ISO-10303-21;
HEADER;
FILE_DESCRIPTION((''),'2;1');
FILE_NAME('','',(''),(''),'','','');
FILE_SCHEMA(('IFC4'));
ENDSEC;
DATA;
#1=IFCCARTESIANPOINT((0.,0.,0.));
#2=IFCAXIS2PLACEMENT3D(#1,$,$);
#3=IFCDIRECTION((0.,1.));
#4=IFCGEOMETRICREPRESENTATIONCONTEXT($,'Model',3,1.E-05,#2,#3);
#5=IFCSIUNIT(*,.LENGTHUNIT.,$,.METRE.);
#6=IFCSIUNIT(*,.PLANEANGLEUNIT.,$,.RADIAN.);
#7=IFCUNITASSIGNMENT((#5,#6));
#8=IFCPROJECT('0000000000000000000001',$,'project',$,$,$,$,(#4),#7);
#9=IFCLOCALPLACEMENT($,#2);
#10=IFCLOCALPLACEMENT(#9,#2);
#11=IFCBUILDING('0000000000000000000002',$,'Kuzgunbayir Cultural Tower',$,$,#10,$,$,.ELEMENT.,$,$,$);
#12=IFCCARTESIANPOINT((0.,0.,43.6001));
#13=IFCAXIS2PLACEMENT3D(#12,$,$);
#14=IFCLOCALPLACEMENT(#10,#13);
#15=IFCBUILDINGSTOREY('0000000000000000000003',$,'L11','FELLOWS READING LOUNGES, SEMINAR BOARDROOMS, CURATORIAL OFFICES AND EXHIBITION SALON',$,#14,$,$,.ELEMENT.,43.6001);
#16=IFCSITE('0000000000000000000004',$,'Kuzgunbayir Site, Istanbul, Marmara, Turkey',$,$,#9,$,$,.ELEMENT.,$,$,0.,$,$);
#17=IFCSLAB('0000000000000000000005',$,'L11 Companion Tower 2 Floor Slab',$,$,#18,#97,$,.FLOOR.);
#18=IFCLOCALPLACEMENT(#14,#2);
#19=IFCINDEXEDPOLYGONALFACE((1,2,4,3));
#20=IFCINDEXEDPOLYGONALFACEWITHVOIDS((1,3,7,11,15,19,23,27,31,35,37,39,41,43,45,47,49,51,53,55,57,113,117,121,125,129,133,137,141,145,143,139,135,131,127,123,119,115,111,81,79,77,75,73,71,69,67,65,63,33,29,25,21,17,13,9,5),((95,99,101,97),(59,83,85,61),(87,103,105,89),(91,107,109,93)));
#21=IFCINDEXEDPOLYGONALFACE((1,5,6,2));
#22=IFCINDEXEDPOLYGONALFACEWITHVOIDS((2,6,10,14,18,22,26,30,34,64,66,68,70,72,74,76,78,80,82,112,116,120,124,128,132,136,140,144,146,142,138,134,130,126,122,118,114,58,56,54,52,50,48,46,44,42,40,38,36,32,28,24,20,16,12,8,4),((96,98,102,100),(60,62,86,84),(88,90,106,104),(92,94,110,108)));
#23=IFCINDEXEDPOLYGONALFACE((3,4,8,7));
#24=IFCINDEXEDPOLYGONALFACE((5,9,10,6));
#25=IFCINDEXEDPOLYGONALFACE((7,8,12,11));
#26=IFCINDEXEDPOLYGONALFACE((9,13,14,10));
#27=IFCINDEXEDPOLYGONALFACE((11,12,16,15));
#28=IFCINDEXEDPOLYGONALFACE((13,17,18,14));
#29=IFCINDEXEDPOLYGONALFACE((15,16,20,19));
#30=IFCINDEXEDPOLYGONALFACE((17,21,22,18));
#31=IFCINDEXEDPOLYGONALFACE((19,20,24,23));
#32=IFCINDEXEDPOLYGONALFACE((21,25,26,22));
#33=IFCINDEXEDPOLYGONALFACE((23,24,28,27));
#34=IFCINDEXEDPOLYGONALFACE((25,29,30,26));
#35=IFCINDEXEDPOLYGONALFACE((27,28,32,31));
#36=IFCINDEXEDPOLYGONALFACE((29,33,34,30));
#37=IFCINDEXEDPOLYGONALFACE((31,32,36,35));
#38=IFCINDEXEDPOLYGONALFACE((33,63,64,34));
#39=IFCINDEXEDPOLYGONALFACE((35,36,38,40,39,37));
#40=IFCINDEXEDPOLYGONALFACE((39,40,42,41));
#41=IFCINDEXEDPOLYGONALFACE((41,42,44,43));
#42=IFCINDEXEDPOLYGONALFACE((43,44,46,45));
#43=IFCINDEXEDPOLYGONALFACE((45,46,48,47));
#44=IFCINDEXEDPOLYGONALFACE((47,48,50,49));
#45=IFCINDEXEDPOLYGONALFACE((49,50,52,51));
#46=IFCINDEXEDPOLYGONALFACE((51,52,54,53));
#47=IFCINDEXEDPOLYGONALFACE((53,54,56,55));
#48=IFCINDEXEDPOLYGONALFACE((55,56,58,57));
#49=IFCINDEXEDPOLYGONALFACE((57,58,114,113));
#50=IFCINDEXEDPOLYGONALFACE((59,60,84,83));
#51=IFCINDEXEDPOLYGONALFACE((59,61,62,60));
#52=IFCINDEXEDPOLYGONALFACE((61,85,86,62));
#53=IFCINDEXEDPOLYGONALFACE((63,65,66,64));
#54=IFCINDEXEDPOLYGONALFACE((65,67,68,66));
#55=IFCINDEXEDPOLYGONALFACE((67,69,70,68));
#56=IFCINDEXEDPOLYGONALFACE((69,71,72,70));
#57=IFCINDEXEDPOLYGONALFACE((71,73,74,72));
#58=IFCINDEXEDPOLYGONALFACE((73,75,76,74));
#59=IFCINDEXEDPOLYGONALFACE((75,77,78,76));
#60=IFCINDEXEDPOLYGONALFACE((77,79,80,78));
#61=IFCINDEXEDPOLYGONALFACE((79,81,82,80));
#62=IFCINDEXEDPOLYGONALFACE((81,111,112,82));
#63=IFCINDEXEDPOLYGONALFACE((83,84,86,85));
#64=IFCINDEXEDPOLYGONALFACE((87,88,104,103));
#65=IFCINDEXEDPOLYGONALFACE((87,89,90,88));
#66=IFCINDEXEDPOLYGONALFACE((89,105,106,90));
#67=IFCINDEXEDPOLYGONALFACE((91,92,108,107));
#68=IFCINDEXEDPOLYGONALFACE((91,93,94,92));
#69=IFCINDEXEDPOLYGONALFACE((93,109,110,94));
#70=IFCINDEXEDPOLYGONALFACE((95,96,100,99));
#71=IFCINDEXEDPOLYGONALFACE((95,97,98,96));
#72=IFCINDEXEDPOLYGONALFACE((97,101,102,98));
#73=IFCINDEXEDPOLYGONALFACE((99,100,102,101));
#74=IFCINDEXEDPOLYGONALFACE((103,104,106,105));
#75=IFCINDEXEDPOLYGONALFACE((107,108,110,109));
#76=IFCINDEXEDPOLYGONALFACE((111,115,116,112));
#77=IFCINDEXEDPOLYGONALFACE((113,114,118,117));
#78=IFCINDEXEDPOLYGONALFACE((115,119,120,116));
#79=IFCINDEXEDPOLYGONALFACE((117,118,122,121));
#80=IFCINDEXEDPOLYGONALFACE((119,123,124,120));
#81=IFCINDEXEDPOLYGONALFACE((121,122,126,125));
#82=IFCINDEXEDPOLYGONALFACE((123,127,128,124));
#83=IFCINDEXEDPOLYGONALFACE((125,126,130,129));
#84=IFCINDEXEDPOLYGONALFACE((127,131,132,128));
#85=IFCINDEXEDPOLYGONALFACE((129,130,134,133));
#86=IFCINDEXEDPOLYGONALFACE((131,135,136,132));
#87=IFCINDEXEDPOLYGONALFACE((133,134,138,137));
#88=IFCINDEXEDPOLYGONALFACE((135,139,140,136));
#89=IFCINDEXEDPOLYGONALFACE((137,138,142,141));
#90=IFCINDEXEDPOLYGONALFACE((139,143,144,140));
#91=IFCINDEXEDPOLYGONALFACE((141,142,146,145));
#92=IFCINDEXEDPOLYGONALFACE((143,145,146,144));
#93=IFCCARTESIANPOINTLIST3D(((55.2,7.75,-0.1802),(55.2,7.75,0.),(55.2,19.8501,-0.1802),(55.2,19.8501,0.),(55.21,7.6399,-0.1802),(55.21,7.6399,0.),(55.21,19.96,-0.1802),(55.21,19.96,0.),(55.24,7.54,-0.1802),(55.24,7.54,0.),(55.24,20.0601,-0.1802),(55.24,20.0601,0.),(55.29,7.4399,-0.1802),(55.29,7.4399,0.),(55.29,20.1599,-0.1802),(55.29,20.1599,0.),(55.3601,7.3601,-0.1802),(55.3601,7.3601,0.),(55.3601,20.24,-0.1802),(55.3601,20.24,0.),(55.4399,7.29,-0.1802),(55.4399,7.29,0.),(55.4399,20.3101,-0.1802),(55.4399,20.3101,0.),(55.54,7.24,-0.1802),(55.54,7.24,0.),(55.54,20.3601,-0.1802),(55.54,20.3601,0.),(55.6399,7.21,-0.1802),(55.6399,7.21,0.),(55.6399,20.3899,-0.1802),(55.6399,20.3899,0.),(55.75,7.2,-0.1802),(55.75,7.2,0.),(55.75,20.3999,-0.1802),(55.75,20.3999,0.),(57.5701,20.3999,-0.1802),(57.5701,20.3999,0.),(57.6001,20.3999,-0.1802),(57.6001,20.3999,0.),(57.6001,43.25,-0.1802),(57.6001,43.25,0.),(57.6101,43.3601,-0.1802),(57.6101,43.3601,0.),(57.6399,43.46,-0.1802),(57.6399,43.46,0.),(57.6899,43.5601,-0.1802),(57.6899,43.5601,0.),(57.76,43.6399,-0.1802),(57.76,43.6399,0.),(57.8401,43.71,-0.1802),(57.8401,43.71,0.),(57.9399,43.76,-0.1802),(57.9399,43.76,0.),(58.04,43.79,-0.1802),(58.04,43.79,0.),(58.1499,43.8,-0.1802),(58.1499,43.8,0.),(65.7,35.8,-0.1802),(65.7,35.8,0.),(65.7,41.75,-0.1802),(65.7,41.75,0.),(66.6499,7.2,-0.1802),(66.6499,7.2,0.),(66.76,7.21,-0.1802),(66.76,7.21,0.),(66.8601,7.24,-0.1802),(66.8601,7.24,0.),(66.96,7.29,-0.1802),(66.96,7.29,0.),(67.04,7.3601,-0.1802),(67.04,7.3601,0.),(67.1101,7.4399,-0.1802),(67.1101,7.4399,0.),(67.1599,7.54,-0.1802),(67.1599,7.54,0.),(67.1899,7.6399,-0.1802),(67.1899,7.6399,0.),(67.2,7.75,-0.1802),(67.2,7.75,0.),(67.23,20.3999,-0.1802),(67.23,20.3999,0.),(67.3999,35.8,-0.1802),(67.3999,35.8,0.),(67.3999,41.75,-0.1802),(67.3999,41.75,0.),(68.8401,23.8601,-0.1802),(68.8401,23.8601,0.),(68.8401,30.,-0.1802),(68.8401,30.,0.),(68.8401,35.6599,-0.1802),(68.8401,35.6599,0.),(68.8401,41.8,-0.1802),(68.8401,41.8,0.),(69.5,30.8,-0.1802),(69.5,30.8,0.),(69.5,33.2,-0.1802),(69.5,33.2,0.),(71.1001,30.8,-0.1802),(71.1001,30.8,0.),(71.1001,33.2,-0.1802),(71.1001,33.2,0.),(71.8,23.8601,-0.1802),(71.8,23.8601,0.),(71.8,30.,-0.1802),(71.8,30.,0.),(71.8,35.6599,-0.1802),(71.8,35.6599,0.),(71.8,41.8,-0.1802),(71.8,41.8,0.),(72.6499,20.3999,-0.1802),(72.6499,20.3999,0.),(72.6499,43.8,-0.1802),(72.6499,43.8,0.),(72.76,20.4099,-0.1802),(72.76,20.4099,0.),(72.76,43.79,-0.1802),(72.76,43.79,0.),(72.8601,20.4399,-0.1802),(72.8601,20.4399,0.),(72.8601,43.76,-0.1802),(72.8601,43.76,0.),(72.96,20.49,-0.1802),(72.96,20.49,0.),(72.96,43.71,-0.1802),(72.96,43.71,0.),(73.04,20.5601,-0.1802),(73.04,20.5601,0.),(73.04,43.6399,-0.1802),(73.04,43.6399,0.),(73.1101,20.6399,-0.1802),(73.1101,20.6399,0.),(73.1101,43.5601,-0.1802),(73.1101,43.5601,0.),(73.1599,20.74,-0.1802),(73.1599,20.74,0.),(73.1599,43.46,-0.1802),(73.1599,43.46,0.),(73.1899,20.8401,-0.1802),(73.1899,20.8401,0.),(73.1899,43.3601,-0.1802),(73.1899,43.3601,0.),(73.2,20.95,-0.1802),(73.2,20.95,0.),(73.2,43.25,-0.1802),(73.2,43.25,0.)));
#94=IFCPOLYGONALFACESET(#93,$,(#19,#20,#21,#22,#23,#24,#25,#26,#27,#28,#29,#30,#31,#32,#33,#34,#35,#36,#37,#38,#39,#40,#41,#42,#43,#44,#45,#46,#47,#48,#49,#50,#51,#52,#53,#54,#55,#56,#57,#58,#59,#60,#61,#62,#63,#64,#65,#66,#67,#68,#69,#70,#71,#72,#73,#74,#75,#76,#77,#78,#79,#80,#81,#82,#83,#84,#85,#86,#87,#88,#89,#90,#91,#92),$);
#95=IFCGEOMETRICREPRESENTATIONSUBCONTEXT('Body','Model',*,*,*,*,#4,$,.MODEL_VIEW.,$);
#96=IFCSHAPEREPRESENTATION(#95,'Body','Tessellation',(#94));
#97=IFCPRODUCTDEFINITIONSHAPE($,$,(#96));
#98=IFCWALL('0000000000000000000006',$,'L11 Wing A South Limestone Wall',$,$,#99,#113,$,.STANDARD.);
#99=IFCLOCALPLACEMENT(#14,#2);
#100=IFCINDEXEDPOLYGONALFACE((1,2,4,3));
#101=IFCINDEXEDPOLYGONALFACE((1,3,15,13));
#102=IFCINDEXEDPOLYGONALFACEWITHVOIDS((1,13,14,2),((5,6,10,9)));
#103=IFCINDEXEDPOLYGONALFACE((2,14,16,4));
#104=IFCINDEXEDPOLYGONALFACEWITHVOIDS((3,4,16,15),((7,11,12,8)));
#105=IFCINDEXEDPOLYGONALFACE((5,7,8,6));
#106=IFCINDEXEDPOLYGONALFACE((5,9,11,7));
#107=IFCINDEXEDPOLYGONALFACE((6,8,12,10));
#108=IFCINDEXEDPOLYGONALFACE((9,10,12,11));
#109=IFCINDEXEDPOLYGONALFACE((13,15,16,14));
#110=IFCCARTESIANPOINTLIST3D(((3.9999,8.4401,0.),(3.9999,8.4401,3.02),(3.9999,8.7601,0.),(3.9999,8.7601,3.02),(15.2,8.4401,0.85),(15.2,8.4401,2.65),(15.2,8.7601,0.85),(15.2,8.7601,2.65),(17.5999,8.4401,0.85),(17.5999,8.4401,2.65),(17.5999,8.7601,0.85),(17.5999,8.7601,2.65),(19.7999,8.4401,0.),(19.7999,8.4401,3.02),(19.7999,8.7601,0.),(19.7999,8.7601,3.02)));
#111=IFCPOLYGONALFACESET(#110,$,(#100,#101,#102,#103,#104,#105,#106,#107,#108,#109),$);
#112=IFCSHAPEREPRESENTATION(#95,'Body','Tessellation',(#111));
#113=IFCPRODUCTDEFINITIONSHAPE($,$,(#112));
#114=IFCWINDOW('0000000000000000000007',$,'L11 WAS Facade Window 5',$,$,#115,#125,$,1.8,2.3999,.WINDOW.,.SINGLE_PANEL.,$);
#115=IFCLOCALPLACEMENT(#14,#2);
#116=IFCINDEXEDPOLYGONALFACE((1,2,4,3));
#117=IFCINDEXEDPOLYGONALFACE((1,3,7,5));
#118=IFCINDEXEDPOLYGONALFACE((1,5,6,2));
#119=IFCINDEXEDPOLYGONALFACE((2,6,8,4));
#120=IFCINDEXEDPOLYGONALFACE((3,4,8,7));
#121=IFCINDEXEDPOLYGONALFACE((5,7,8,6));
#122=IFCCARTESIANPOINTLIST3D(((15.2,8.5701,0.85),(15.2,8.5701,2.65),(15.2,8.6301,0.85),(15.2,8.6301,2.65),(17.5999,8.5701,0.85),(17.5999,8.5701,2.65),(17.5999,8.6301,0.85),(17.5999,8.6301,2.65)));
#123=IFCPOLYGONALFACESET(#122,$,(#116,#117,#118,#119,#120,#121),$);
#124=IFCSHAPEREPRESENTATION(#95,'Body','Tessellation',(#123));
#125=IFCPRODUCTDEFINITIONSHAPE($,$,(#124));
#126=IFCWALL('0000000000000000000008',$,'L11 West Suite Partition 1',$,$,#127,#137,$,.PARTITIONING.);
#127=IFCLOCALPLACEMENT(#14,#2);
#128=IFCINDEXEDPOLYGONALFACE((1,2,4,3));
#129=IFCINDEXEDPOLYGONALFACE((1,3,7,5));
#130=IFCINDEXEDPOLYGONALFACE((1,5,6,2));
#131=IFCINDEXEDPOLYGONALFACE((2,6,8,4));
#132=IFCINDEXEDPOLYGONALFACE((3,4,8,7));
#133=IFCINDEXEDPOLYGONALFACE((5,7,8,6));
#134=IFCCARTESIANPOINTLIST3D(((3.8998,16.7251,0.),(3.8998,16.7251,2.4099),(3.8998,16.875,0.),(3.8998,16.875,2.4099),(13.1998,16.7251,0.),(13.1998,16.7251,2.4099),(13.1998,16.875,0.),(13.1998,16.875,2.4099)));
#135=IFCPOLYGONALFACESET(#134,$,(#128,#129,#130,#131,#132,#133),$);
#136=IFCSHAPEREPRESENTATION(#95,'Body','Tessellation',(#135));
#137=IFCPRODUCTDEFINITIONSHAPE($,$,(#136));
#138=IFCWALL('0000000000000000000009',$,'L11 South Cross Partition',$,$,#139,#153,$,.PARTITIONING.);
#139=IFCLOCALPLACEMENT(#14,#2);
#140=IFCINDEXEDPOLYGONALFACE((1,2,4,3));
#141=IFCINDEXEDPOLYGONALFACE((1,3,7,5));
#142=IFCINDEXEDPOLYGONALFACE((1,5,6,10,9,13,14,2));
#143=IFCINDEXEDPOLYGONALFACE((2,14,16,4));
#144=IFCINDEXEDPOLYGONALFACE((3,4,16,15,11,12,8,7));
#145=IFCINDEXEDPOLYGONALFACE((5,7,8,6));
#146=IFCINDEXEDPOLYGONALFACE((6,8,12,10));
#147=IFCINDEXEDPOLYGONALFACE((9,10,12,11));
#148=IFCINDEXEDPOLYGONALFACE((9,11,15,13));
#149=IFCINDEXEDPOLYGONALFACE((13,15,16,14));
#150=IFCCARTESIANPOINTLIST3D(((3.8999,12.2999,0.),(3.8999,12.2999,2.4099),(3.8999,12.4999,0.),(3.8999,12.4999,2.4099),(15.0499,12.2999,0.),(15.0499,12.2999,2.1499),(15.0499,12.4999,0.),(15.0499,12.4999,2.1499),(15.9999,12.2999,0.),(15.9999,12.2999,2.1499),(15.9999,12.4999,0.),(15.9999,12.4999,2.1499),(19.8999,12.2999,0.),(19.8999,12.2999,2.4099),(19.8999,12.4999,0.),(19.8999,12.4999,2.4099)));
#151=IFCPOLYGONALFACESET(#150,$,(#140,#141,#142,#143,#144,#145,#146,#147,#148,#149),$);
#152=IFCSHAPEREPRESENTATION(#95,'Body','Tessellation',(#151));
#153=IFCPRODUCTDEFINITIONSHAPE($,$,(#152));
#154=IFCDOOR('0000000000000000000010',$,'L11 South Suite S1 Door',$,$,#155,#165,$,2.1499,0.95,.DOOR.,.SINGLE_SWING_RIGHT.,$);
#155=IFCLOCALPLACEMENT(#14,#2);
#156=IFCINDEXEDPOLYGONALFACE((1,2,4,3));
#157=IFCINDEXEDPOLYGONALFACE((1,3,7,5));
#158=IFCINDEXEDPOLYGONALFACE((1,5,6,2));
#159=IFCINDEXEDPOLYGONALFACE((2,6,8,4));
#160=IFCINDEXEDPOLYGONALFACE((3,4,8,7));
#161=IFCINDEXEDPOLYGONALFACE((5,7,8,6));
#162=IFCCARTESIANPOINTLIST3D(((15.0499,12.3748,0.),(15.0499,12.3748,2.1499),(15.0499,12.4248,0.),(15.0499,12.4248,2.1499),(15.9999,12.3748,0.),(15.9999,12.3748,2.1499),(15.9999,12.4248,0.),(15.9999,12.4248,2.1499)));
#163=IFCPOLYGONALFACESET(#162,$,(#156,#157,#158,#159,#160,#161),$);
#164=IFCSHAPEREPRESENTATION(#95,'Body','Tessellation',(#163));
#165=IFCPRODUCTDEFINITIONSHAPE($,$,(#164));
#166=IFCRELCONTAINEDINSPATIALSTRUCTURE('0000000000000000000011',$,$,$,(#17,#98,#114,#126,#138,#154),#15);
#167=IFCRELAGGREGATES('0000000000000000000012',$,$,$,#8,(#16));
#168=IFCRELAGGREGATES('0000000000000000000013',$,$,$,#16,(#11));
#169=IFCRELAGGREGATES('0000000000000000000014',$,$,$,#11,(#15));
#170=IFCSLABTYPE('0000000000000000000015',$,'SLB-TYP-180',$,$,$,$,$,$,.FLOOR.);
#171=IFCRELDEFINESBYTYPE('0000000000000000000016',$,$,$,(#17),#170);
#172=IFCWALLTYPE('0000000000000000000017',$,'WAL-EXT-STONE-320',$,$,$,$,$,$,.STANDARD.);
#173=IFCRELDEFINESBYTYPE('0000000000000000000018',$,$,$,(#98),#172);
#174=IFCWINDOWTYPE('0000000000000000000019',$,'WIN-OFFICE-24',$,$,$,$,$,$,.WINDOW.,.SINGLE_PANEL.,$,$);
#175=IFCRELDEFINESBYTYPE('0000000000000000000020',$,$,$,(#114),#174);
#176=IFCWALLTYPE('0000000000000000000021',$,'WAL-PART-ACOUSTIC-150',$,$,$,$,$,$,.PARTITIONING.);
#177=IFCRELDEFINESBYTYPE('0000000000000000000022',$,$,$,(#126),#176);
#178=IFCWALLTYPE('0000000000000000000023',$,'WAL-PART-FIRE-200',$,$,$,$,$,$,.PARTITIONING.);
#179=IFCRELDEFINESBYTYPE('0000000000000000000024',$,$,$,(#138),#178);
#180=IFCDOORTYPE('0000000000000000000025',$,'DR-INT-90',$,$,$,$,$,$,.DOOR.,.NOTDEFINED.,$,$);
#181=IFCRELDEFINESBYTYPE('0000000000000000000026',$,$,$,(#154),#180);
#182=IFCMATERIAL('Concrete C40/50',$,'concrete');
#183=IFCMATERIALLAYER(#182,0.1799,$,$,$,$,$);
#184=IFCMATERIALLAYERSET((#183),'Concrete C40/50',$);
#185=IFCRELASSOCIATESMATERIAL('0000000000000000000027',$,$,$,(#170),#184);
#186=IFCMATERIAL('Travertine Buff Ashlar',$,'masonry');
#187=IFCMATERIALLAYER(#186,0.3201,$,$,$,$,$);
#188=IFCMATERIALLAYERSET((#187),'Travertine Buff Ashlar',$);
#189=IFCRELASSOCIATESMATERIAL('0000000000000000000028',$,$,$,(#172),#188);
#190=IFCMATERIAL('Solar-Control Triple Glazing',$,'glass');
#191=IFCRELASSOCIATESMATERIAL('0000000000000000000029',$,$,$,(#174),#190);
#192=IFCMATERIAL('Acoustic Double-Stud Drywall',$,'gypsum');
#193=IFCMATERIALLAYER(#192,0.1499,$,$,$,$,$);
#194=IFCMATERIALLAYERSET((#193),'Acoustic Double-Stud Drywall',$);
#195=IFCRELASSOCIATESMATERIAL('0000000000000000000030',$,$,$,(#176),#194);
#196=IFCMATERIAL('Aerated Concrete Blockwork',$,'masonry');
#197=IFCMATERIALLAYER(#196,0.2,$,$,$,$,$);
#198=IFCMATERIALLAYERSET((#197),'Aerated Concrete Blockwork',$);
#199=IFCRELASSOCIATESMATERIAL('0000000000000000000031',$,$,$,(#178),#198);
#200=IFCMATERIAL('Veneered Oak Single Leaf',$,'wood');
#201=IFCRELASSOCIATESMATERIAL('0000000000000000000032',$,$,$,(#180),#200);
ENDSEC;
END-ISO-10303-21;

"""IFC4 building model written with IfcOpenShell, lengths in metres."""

from ifc_helpers import new_model, si_unit, direction, frame, frame_2d, origin, place, context, subcontext, project, spatial, polyline, rectangle, outline, extrude, material, layer, layer_set, type_object, element, fill, save


model = new_model("IFC4")

# Units and contexts
model_context = context("Model", 3, precision=1e-05, world=origin(), true_north=direction((0.0, 1.0)))
body_context = subcontext(model_context, "Body", "Model", "MODEL_VIEW")
ifc_project = project(units=[si_unit("LENGTHUNIT", "METRE"), si_unit("PLANEANGLEUNIT", "RADIAN")], contexts=[model_context])

# Site, building, storey
site_placement = place(None, origin())
site = spatial("IfcSite", under=ifc_project, at=site_placement, Name="Kuzgunbayir Site, Istanbul, Marmara, Turkey", CompositionType="ELEMENT", RefElevation=0.0)
building_placement = place(site_placement, origin())
building = spatial("IfcBuilding", under=site, at=building_placement, Name="Kuzgunbayir Cultural Tower", CompositionType="ELEMENT")
storey_placement = place(building_placement, frame((0.0, 0.0, 43.6001)))
storey = spatial("IfcBuildingStorey", under=building, at=storey_placement, Name="L11", Description="FELLOWS READING LOUNGES, SEMINAR BOARDROOMS, CURATORIAL OFFICES AND EXHIBITION SALON", CompositionType="ELEMENT", Elevation=43.6001)

# Shared definitions
ifc_material_1 = material(Name="Concrete C40/50", Category="concrete")

# Slab
ifc_layer_1 = layer(ifc_material_1, 0.1799)
ifc_layer_set_1 = layer_set([ifc_layer_1], Name="Concrete C40/50")
slab_type_1 = type_object("IfcSlabType", Name="SLB-TYP-180", PredefinedType="FLOOR", material=ifc_layer_set_1)
slab_1_placement = place(storey_placement, frame((0.0, 0.0, -0.1802)))
element("IfcSlab", 1, at=slab_1_placement, inside=storey, type_object=slab_type_1, Name="L11 Companion Tower 2 Floor Slab", PredefinedType="FLOOR", context=body_context, shape_type="SweptSolid", body=[
    extrude(outline(polyline([(57.6001, 20.3999), (57.6001, 43.25), (57.6101, 43.3601), (57.6399, 43.46), (57.6899, 43.5601), (57.76, 43.6399), (57.8401, 43.71), (57.9399, 43.76), (58.04, 43.79), (58.1499, 43.8), (72.6499, 43.8), (72.76, 43.79), (72.8601, 43.76), (72.96, 43.71), (73.04, 43.6399), (73.1101, 43.5601), (73.1599, 43.46), (73.1899, 43.3601), (73.2, 43.25), (73.2, 20.95), (73.1899, 20.8401), (73.1599, 20.74), (73.1101, 20.6399), (73.04, 20.5601), (72.96, 20.49), (72.8601, 20.4399), (72.76, 20.4099), (72.6499, 20.3999), (67.23, 20.3999), (67.2, 7.75), (67.1899, 7.6399), (67.1599, 7.54), (67.1101, 7.4399), (67.04, 7.3601), (66.96, 7.29), (66.8601, 7.24), (66.76, 7.21), (66.6499, 7.2), (55.75, 7.2), (55.6399, 7.21), (55.54, 7.24), (55.4399, 7.29), (55.3601, 7.3601), (55.29, 7.4399), (55.24, 7.54), (55.21, 7.6399), (55.2, 7.75), (55.2, 19.8501), (55.21, 19.96), (55.24, 20.0601), (55.29, 20.1599), (55.3601, 20.24), (55.4399, 20.3101), (55.54, 20.3601), (55.6399, 20.3899), (55.75, 20.3999), (57.5701, 20.3999), (57.6001, 20.3999)]), holes=[polyline([(68.8401, 23.8601), (68.8401, 30.0), (71.8, 30.0), (71.8, 23.8601), (68.8401, 23.8601)]), polyline([(68.8401, 35.6599), (68.8401, 41.8), (71.8, 41.8), (71.8, 35.6599), (68.8401, 35.6599)]), polyline([(65.7, 35.8), (65.7, 41.75), (67.3999, 41.75), (67.3999, 35.8), (65.7, 35.8)]), polyline([(69.5, 30.8), (69.5, 33.2), (71.1001, 33.2), (71.1001, 30.8), (69.5, 30.8)])]), origin(), (0.0, 0.0, 1.0), 0.1802),
])

# Wall, opening, window
ifc_material_2 = material(Name="Travertine Buff Ashlar", Category="masonry")
ifc_layer_2 = layer(ifc_material_2, 0.3201)
ifc_layer_set_2 = layer_set([ifc_layer_2], Name="Travertine Buff Ashlar")
wall_type_1 = type_object("IfcWallType", Name="WAL-EXT-STONE-320", PredefinedType="STANDARD", material=ifc_layer_set_2)
wall_1_placement = place(storey_placement, frame((4.0, 8.6001, 0.0), z_axis=(0.0, 0.0, 1.0), x_axis=(1.0, 0.0, 0.0)))
wall_1 = element("IfcWall", 2, at=wall_1_placement, inside=storey, type_object=wall_type_1, Name="L11 Wing A South Limestone Wall", PredefinedType="STANDARD", context=body_context, shape_type="SweptSolid", body=[
    extrude(rectangle(XDim=15.8, YDim=0.3201, at=frame_2d((7.8999, 0.0))), origin(), (0.0, 0.0, 1.0), 3.02),
])
opening_1_placement = place(wall_1_placement, frame((11.2, 0.0, 0.8501)))
opening_1 = element("IfcOpeningElement", 3, at=opening_1_placement, cuts=wall_1, PredefinedType="OPENING", context=body_context, shape_type="SweptSolid", body=[
    extrude(rectangle(XDim=2.3999, YDim=1.8, at=frame_2d((1.2, 0.8999))), frame((0.0, 0.1699, 0.0), z_axis=(0.0, -1.0, 0.0), x_axis=(1.0, 0.0, 0.0)), (0.0, 0.0, 1.0), 0.3401),
])
ifc_material_3 = material(Name="Solar-Control Triple Glazing", Category="glass")
window_type = type_object("IfcWindowType", Name="WIN-OFFICE-24", PartitioningType="SINGLE_PANEL", PredefinedType="WINDOW", material=ifc_material_3)
window_placement = place(opening_1_placement, origin())
window = element("IfcWindow", 4, at=window_placement, inside=storey, type_object=window_type, Name="L11 WAS Facade Window 5", OverallHeight=1.8, OverallWidth=2.3999, PartitioningType="SINGLE_PANEL", PredefinedType="WINDOW", context=body_context, shape_type="SweptSolid", body=[
    extrude(rectangle(XDim=2.3999, YDim=1.8, at=frame_2d((1.2, 0.8999))), frame((0.0, 0.03, 0.0), z_axis=(0.0, -1.0, 0.0), x_axis=(1.0, 0.0, 0.0)), (0.0, 0.0, 1.0), 0.0601),
])
fill(opening_1, window)

# Wall
ifc_material_4 = material(Name="Acoustic Double-Stud Drywall", Category="gypsum")
ifc_layer_3 = layer(ifc_material_4, 0.1499)
ifc_layer_set_3 = layer_set([ifc_layer_3], Name="Acoustic Double-Stud Drywall")
wall_type_2 = type_object("IfcWallType", Name="WAL-PART-ACOUSTIC-150", PredefinedType="PARTITIONING", material=ifc_layer_set_3)
wall_2_placement = place(storey_placement, frame((3.8999, 16.8, 0.0), z_axis=(0.0, 0.0, 1.0), x_axis=(1.0, 0.0, 0.0)))
element("IfcWall", 5, at=wall_2_placement, inside=storey, type_object=wall_type_2, Name="L11 West Suite Partition 1", PredefinedType="PARTITIONING", context=body_context, shape_type="SweptSolid", body=[
    extrude(rectangle(XDim=9.3, YDim=0.1499, at=frame_2d((4.6499, 0.0))), origin(), (0.0, 0.0, 1.0), 2.4099),
])

# Wall, opening, door
ifc_material_5 = material(Name="Aerated Concrete Blockwork", Category="masonry")
ifc_layer_4 = layer(ifc_material_5, 0.2)
ifc_layer_set_4 = layer_set([ifc_layer_4], Name="Aerated Concrete Blockwork")
wall_type_3 = type_object("IfcWallType", Name="WAL-PART-FIRE-200", PredefinedType="PARTITIONING", material=ifc_layer_set_4)
wall_3_placement = place(storey_placement, frame((3.8999, 12.3999, 0.0), z_axis=(0.0, 0.0, 1.0), x_axis=(1.0, 0.0, 0.0)))
wall_3 = element("IfcWall", 6, at=wall_3_placement, inside=storey, type_object=wall_type_3, Name="L11 South Cross Partition", PredefinedType="PARTITIONING", context=body_context, shape_type="SweptSolid", body=[
    extrude(rectangle(XDim=16.0, YDim=0.2, at=frame_2d((8.0, 0.0))), origin(), (0.0, 0.0, 1.0), 2.4099),
])
opening_2_placement = place(wall_3_placement, frame((11.1499, 0.0, 0.0)))
opening_2 = element("IfcOpeningElement", 7, at=opening_2_placement, cuts=wall_3, PredefinedType="OPENING", context=body_context, shape_type="SweptSolid", body=[
    extrude(rectangle(XDim=0.95, YDim=2.1499, at=frame_2d((0.4751, 1.075))), frame((0.0, 0.1099, 0.0), z_axis=(0.0, -1.0, 0.0), x_axis=(1.0, 0.0, 0.0)), (0.0, 0.0, 1.0), 0.22),
])
ifc_material_6 = material(Name="Veneered Oak Single Leaf", Category="wood")
door_type = type_object("IfcDoorType", Name="DR-INT-90", OperationType="NOTDEFINED", PredefinedType="DOOR", material=ifc_material_6)
door_placement = place(opening_2_placement, origin())
door = element("IfcDoor", 8, at=door_placement, inside=storey, type_object=door_type, Name="L11 South Suite S1 Door", OperationType="SINGLE_SWING_RIGHT", OverallHeight=2.1499, OverallWidth=0.95, PredefinedType="DOOR", context=body_context, shape_type="SweptSolid", body=[
    extrude(rectangle(XDim=0.95, YDim=2.1499, at=frame_2d((0.4751, 1.075))), frame((0.0, 0.0249, 0.0), z_axis=(0.0, -1.0, 0.0), x_axis=(1.0, 0.0, 0.0)), (0.0, 0.0, 1.0), 0.05),
])
fill(opening_2, door)

save(model, "model.ifc")
